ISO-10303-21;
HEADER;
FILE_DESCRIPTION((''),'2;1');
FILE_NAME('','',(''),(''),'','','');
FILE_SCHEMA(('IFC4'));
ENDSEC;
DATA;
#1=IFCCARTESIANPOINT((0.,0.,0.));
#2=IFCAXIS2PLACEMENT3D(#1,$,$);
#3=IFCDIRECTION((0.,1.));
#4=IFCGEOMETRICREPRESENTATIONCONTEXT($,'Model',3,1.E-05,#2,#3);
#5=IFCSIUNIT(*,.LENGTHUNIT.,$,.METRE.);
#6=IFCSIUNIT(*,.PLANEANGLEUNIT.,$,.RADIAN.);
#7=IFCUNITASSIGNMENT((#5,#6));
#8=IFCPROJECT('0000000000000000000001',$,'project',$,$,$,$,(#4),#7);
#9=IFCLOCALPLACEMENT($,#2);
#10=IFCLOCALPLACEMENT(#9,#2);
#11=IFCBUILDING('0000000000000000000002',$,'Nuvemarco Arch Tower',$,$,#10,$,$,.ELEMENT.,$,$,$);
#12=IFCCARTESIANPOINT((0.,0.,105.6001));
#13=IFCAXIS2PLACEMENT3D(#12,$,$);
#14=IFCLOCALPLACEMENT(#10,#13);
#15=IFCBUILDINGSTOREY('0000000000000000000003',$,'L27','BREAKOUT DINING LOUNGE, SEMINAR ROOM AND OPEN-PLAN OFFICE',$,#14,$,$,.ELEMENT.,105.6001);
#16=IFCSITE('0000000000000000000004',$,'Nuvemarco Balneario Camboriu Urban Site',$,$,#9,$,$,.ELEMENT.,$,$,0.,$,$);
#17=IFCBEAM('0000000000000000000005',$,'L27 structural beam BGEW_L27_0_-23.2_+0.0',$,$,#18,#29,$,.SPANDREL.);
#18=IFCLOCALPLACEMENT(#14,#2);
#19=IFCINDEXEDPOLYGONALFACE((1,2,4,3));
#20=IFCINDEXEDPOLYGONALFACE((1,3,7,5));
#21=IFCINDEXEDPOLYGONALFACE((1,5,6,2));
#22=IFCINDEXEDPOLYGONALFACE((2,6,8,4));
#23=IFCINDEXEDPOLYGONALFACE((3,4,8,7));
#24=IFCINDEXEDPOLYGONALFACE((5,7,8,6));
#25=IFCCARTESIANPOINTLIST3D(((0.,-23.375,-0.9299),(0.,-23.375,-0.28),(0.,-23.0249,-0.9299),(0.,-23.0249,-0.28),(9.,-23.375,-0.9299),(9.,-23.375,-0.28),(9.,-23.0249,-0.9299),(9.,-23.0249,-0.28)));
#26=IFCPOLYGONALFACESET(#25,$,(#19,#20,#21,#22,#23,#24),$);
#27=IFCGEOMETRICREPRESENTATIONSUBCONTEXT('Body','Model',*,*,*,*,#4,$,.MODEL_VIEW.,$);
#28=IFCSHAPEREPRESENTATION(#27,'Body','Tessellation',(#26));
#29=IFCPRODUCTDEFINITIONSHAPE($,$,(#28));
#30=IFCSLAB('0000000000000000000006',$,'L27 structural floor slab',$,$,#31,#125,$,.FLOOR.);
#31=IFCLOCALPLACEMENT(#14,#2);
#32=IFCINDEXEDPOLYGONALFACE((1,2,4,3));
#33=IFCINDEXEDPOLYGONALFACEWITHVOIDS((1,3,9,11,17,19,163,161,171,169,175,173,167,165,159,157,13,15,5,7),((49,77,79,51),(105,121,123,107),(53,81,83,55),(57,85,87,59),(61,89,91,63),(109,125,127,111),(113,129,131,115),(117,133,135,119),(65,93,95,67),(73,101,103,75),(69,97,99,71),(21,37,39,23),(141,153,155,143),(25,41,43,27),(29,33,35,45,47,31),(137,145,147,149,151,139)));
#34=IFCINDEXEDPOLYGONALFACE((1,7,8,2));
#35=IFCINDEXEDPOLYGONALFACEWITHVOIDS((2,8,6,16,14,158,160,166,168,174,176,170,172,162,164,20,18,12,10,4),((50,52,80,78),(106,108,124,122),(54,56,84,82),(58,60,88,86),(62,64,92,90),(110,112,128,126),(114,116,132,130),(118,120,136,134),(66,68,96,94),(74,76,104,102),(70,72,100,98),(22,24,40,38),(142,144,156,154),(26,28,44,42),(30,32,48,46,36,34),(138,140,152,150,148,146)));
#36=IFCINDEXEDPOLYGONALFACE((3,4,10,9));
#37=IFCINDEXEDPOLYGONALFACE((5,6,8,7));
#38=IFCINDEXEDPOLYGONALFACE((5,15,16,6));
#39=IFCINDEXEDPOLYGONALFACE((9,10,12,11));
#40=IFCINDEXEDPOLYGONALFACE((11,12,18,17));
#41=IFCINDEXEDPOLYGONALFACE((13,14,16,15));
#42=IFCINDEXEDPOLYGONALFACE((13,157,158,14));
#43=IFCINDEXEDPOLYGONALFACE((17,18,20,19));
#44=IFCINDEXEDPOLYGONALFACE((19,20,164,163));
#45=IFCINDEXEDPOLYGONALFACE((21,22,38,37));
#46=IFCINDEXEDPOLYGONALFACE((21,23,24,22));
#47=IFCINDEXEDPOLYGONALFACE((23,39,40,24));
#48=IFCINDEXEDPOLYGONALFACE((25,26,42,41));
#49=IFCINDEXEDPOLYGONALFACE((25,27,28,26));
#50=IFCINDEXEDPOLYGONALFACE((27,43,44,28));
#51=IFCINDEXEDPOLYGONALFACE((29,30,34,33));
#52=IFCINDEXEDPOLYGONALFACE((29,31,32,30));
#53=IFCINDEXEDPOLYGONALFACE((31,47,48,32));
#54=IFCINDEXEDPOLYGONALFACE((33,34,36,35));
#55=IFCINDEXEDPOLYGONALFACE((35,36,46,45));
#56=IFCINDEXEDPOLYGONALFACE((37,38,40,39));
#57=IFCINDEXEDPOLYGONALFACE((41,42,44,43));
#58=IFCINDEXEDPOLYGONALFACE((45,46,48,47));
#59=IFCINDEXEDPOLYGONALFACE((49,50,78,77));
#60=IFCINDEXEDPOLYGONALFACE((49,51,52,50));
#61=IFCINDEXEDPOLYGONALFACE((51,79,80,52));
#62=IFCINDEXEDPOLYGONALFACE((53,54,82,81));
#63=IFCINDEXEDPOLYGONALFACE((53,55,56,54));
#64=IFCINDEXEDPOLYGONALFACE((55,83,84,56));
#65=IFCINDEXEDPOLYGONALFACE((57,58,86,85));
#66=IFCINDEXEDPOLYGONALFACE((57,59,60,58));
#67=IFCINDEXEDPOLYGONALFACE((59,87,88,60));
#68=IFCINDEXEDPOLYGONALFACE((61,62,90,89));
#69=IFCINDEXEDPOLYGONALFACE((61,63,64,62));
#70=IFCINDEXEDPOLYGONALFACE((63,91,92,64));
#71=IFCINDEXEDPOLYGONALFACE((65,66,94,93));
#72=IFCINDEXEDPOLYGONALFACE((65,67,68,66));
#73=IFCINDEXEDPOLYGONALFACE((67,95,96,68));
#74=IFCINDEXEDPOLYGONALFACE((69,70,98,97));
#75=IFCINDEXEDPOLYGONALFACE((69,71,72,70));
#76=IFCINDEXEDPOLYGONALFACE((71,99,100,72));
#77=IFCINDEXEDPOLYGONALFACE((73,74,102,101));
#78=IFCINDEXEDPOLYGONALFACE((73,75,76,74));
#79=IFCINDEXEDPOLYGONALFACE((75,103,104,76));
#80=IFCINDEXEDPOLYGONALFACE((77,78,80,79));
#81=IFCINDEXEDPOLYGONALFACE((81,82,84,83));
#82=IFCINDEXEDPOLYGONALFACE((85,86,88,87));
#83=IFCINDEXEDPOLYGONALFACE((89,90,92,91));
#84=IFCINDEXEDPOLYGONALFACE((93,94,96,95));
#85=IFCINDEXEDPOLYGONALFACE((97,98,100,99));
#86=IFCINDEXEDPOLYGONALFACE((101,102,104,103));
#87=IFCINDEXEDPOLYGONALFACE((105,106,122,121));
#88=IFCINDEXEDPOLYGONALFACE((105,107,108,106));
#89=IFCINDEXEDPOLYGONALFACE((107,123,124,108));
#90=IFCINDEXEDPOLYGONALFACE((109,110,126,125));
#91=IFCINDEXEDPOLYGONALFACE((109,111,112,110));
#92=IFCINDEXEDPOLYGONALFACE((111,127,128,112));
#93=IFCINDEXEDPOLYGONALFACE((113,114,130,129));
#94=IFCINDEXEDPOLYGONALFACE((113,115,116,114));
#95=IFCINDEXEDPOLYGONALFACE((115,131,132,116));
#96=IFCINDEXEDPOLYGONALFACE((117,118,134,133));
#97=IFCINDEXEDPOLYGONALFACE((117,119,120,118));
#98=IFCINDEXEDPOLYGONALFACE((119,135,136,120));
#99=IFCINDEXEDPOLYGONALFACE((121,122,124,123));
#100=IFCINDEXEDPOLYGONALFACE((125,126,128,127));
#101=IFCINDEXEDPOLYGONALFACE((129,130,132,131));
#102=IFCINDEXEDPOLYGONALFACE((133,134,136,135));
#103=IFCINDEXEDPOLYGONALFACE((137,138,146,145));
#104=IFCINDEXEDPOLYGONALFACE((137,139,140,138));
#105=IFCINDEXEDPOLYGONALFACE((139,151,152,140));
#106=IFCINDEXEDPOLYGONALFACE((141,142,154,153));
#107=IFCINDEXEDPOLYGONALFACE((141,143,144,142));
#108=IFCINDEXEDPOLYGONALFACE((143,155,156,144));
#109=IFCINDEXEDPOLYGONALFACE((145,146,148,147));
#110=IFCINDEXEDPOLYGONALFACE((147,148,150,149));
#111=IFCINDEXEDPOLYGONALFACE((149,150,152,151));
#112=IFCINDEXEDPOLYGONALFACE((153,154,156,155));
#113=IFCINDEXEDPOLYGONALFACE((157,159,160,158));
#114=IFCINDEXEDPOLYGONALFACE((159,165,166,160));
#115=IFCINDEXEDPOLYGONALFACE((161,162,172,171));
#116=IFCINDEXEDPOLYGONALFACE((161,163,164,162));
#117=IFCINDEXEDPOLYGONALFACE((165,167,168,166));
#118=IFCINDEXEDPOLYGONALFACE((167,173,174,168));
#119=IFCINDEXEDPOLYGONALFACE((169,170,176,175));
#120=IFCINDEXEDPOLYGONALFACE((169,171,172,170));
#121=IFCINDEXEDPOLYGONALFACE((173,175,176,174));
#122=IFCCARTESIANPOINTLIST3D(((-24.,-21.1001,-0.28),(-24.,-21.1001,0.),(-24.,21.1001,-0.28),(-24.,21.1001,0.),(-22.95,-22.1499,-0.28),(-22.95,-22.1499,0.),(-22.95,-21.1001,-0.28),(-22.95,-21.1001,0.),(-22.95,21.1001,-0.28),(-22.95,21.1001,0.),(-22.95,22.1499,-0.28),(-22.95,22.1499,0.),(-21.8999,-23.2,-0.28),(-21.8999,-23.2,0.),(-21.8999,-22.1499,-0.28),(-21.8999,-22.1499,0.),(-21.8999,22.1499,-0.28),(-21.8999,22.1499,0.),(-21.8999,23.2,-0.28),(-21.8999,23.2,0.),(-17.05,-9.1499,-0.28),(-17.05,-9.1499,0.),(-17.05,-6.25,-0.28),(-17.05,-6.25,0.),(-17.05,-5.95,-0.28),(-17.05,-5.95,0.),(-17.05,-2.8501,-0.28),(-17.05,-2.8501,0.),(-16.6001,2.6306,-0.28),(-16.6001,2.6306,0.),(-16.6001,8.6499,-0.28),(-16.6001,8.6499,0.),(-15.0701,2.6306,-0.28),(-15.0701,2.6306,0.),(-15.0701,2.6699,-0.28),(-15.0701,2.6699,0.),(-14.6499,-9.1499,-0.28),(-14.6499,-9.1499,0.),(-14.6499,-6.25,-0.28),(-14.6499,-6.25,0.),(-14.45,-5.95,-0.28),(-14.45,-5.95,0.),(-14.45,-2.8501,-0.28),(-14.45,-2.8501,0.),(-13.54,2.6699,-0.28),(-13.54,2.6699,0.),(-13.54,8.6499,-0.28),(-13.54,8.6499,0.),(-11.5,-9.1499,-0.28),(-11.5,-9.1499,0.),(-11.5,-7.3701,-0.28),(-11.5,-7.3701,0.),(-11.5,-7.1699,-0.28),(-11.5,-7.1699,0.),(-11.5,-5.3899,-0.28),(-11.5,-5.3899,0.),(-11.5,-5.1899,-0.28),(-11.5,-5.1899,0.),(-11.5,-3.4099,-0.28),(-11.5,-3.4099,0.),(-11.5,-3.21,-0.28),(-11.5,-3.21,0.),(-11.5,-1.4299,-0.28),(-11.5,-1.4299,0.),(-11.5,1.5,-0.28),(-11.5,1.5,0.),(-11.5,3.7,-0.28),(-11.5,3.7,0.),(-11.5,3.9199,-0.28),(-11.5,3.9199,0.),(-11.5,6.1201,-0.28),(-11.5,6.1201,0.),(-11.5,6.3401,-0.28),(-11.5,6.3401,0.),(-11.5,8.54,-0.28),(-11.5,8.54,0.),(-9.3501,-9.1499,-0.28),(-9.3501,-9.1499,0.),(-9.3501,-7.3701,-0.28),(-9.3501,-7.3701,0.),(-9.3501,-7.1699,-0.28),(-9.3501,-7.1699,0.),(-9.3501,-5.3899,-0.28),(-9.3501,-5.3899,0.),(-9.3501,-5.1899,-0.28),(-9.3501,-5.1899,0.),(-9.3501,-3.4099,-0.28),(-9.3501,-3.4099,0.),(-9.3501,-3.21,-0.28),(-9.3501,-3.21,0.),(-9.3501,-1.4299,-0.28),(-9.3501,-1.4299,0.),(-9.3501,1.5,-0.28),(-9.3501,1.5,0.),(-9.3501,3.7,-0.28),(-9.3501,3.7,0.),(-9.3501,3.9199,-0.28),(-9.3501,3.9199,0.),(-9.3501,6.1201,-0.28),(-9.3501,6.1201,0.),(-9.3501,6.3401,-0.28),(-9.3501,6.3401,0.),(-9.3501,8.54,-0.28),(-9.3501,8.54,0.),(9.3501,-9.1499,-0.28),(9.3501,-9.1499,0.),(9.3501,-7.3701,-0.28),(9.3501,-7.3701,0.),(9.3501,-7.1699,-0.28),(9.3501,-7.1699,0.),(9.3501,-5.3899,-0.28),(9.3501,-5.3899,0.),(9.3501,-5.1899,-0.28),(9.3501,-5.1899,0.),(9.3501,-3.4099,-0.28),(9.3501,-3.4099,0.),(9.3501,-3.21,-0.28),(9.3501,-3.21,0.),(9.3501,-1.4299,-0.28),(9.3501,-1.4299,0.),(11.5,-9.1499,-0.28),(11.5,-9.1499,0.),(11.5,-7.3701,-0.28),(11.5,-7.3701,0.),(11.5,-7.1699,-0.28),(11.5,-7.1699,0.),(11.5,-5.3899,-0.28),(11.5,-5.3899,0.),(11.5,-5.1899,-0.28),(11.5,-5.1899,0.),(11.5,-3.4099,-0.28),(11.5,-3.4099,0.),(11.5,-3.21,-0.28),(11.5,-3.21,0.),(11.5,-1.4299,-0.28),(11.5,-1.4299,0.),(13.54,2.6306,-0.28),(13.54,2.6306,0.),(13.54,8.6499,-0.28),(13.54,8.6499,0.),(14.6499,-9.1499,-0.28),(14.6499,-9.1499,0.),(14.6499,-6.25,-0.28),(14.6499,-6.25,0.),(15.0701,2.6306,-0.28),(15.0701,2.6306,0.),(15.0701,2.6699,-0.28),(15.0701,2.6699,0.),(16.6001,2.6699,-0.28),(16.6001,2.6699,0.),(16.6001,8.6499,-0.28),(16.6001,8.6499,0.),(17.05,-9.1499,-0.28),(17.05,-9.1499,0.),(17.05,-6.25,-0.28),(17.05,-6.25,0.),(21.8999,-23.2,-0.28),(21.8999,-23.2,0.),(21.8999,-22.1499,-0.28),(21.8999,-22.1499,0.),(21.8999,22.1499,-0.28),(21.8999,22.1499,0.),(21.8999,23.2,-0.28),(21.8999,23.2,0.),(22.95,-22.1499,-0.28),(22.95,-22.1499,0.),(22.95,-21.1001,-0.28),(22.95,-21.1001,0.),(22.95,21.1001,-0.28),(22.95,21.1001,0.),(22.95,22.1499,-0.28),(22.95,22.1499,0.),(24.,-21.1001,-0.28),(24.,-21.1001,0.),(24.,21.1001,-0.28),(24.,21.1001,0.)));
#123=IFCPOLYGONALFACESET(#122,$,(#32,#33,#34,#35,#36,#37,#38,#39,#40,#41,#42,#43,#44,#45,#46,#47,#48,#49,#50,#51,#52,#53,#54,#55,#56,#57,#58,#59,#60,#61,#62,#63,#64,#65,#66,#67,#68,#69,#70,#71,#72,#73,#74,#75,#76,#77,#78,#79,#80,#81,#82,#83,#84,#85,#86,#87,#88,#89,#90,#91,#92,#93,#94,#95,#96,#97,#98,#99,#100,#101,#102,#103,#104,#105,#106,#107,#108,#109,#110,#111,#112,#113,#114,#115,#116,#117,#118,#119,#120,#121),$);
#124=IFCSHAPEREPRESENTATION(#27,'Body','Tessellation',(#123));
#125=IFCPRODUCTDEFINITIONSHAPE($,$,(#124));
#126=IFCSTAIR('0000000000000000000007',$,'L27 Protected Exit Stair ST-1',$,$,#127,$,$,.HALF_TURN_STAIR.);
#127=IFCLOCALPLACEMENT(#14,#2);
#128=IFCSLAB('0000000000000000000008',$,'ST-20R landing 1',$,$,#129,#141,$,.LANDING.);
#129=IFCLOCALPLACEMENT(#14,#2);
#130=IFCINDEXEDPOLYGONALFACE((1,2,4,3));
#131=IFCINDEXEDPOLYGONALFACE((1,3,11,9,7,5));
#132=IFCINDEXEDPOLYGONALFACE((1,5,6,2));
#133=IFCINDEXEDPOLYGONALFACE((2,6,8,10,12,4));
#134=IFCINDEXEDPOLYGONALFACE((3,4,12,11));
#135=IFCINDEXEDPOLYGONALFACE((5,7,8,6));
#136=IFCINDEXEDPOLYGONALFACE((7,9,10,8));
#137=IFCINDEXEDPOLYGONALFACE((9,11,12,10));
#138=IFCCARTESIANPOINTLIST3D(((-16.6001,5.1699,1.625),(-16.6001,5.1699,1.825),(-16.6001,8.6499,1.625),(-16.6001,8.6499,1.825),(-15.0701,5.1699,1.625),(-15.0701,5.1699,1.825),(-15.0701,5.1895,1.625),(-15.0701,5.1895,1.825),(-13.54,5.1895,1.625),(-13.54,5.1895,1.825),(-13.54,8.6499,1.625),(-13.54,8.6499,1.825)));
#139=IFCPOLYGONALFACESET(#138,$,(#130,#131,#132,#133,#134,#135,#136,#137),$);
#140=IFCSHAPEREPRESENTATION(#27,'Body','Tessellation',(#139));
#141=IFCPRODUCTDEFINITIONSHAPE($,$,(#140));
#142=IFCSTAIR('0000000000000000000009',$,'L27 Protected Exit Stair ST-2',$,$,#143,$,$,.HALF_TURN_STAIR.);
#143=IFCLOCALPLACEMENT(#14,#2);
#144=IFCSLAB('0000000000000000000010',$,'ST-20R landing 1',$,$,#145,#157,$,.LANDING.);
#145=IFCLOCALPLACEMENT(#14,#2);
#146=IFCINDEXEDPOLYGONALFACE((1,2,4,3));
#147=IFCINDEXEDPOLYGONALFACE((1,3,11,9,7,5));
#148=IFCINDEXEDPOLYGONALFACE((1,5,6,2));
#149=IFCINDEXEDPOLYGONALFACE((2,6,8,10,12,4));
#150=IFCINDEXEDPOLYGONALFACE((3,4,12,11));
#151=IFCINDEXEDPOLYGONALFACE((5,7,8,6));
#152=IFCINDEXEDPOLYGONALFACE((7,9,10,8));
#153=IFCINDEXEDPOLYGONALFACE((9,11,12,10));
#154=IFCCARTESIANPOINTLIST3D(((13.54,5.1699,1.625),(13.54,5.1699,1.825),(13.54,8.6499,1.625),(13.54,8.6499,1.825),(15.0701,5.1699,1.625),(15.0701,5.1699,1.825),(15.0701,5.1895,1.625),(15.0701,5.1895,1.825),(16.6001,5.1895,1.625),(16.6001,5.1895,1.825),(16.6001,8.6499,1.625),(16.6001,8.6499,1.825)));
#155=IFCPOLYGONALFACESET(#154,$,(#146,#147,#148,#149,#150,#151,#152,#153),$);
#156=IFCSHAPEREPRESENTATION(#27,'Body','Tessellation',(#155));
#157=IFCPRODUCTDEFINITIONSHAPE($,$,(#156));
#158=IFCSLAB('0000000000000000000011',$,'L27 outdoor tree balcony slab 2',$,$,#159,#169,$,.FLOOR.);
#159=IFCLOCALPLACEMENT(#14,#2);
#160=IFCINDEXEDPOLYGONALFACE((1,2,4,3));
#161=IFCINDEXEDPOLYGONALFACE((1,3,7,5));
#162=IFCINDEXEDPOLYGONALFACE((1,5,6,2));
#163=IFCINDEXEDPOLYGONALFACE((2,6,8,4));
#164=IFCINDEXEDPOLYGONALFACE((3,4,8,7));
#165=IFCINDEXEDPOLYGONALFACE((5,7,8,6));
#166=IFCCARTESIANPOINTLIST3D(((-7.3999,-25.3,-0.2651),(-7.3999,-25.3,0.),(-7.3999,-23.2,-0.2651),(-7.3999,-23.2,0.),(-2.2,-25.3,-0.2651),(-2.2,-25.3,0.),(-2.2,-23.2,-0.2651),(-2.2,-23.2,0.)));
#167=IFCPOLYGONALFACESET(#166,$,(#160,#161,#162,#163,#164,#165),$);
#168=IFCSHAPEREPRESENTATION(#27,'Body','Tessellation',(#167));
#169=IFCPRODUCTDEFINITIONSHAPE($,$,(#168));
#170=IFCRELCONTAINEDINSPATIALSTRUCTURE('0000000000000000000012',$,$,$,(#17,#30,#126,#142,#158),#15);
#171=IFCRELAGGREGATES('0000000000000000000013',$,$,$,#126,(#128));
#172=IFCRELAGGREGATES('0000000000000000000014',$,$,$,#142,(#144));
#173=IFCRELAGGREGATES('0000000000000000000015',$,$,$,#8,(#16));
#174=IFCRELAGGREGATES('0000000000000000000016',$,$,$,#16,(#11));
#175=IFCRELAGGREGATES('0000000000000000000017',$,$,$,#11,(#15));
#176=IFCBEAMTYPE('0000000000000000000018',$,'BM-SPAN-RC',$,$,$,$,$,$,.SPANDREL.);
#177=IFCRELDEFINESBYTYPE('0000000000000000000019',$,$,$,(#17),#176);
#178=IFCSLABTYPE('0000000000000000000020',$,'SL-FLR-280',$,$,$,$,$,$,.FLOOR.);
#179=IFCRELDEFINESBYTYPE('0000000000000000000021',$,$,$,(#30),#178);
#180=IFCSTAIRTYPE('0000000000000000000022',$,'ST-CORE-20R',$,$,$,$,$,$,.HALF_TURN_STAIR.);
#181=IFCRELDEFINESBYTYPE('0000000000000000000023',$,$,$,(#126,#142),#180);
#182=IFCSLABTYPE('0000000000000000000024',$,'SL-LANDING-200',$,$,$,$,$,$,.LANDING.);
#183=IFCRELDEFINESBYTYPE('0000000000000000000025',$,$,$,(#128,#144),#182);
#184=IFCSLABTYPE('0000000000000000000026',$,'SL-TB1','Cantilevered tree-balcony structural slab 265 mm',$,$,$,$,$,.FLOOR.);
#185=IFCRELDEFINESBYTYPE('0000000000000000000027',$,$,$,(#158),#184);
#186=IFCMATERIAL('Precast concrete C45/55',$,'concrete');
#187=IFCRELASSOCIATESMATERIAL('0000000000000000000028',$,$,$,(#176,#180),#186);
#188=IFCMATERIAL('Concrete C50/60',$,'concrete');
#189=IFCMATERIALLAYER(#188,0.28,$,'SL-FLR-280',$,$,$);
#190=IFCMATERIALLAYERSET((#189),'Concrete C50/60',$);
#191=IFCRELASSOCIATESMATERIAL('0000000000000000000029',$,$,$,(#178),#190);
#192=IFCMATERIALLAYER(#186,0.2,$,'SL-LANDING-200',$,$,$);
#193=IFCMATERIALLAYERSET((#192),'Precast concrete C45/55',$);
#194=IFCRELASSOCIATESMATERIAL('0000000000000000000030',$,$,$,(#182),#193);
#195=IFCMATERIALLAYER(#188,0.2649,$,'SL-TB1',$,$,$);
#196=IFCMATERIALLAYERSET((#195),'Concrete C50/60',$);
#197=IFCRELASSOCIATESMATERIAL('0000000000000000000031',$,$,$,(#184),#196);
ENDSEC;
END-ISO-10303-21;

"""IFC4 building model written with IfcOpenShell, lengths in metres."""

from ifc_helpers import new_model, si_unit, direction, frame, origin, origin_2d, place, context, subcontext, project, spatial, polyline, rectangle, outline, extrude, material, layer, layer_set, material_profile, profile_set, type_object, element, aggregate, save


model = new_model("IFC4")

# Units and contexts
model_context = context("Model", 3, precision=1e-05, world=origin(), true_north=direction((0.0, 1.0)))
body_context = subcontext(model_context, "Body", "Model", "MODEL_VIEW")
ifc_project = project(units=[si_unit("LENGTHUNIT", "METRE"), si_unit("PLANEANGLEUNIT", "RADIAN")], contexts=[model_context])

# Site, building, storey
site_placement = place(None, origin())
site = spatial("IfcSite", under=ifc_project, at=site_placement, Name="Nuvemarco Balneario Camboriu Urban Site", CompositionType="ELEMENT", RefElevation=0.0)
building_placement = place(site_placement, origin())
building = spatial("IfcBuilding", under=site, at=building_placement, Name="Nuvemarco Arch Tower", CompositionType="ELEMENT")
storey_placement = place(building_placement, frame((0.0, 0.0, 105.6001)))
storey = spatial("IfcBuildingStorey", under=building, at=storey_placement, Name="L27", Description="BREAKOUT DINING LOUNGE, SEMINAR ROOM AND OPEN-PLAN OFFICE", CompositionType="ELEMENT", Elevation=105.6001)

# Beam
ifc_material_1 = material(Name="Precast concrete C45/55", Category="concrete")
ifc_material_profile_1 = material_profile(ifc_material_1, rectangle(XDim=0.3501, YDim=0.6499, at=origin_2d()), Name="PC-SP-350x650")
ifc_profile_set_1 = profile_set([ifc_material_profile_1], Name="Precast concrete C45/55")
beam_type_1 = type_object("IfcBeamType", Name="BM-SPAN-RC", PredefinedType="SPANDREL", material=ifc_profile_set_1)
beam_1_placement = place(storey_placement, frame((0.0, -23.2, -0.605), z_axis=(1.0, 0.0, 0.0), x_axis=(0.0, 1.0, 0.0)))
element("IfcBeam", 1, at=beam_1_placement, inside=storey, type_object=beam_type_1, Name="L27 structural beam BGEW_L27_0_-23.2_+0.0", PredefinedType="SPANDREL", context=body_context, shape_type="SweptSolid", body=[
    extrude(rectangle(XDim=0.3501, YDim=0.6499, at=origin_2d()), origin(), (0.0, 0.0, 1.0), 9.0),
])

# Slab
ifc_material_2 = material(Name="Concrete C50/60", Category="concrete")
ifc_layer_1 = layer(ifc_material_2, 0.28, Name="SL-FLR-280")
ifc_layer_set_1 = layer_set([ifc_layer_1], Name="Concrete C50/60")
slab_type_1 = type_object("IfcSlabType", Name="SL-FLR-280", PredefinedType="FLOOR", material=ifc_layer_set_1)
slab_1_placement = place(storey_placement, frame((0.0, 0.0, -0.28)))
element("IfcSlab", 2, at=slab_1_placement, inside=storey, type_object=slab_type_1, Name="L27 structural floor slab", PredefinedType="FLOOR", context=body_context, shape_type="SweptSolid", body=[
    extrude(outline(polyline([(-21.8999, -23.2), (21.8999, -23.2), (21.8999, -22.1499), (22.95, -22.1499), (22.95, -21.1001), (24.0, -21.1001), (24.0, 21.1001), (22.95, 21.1001), (22.95, 22.1499), (21.8999, 22.1499), (21.8999, 23.2), (-21.8999, 23.2), (-21.8999, 22.1499), (-22.95, 22.1499), (-22.95, 21.1001), (-24.0, 21.1001), (-24.0, -21.1001), (-22.95, -21.1001), (-22.95, -22.1499), (-21.8999, -22.1499), (-21.8999, -23.2)]), holes=[polyline([(-13.54, 2.6699), (-13.54, 8.6499), (-16.6001, 8.6499), (-16.6001, 2.6306), (-15.0701, 2.6306), (-15.0701, 2.6699), (-13.54, 2.6699)]), polyline([(16.6001, 2.6699), (16.6001, 8.6499), (13.54, 8.6499), (13.54, 2.6306), (15.0701, 2.6306), (15.0701, 2.6699), (16.6001, 2.6699)]), polyline([(-17.05, -9.1499), (-14.6499, -9.1499), (-14.6499, -6.25), (-17.05, -6.25), (-17.05, -9.1499)]), polyline([(-17.05, -5.95), (-14.45, -5.95), (-14.45, -2.8501), (-17.05, -2.8501), (-17.05, -5.95)]), polyline([(-11.5, -9.1499), (-9.3501, -9.1499), (-9.3501, -7.3701), (-11.5, -7.3701), (-11.5, -9.1499)]), polyline([(-11.5, -7.1699), (-9.3501, -7.1699), (-9.3501, -5.3899), (-11.5, -5.3899), (-11.5, -7.1699)]), polyline([(-11.5, -5.1899), (-9.3501, -5.1899), (-9.3501, -3.4099), (-11.5, -3.4099), (-11.5, -5.1899)]), polyline([(-11.5, -3.21), (-9.3501, -3.21), (-9.3501, -1.4299), (-11.5, -1.4299), (-11.5, -3.21)]), polyline([(-11.5, 1.5), (-9.3501, 1.5), (-9.3501, 3.7), (-11.5, 3.7), (-11.5, 1.5)]), polyline([(-11.5, 3.9199), (-9.3501, 3.9199), (-9.3501, 6.1201), (-11.5, 6.1201), (-11.5, 3.9199)]), polyline([(-11.5, 6.3401), (-9.3501, 6.3401), (-9.3501, 8.54), (-11.5, 8.54), (-11.5, 6.3401)]), polyline([(14.6499, -9.1499), (17.05, -9.1499), (17.05, -6.25), (14.6499, -6.25), (14.6499, -9.1499)]), polyline([(9.3501, -9.1499), (11.5, -9.1499), (11.5, -7.3701), (9.3501, -7.3701), (9.3501, -9.1499)]), polyline([(9.3501, -7.1699), (11.5, -7.1699), (11.5, -5.3899), (9.3501, -5.3899), (9.3501, -7.1699)]), polyline([(9.3501, -5.1899), (11.5, -5.1899), (11.5, -3.4099), (9.3501, -3.4099), (9.3501, -5.1899)]), polyline([(9.3501, -3.21), (11.5, -3.21), (11.5, -1.4299), (9.3501, -1.4299), (9.3501, -3.21)])]), origin(), (0.0, 0.0, 1.0), 0.28),
])

# Stairs, slabs
stair_type = type_object("IfcStairType", Name="ST-CORE-20R", PredefinedType="HALF_TURN_STAIR", material=ifc_material_1)
stair_1_placement = place(storey_placement, origin())
stair_1 = element("IfcStair", 3, at=stair_1_placement, inside=storey, type_object=stair_type, Name="L27 Protected Exit Stair ST-1", PredefinedType="HALF_TURN_STAIR")
ifc_layer_2 = layer(ifc_material_1, 0.2, Name="SL-LANDING-200")
ifc_layer_set_2 = layer_set([ifc_layer_2], Name="Precast concrete C45/55")
slab_type_2 = type_object("IfcSlabType", Name="SL-LANDING-200", PredefinedType="LANDING", material=ifc_layer_set_2)
slab_2_placement = place(storey_placement, frame((0.0, 0.0, 1.625)))
slab_2 = element("IfcSlab", 4, at=slab_2_placement, type_object=slab_type_2, Name="ST-20R landing 1", PredefinedType="LANDING", context=body_context, shape_type="SweptSolid", body=[
    extrude(outline(polyline([(-13.54, 5.1895), (-13.54, 8.6499), (-16.6001, 8.6499), (-16.6001, 5.1699), (-15.0701, 5.1699), (-15.0701, 5.1895), (-13.54, 5.1895)])), origin(), (0.0, 0.0, 1.0), 0.2),
])
aggregate(stair_1, [slab_2])
stair_2_placement = place(storey_placement, origin())
stair_2 = element("IfcStair", 5, at=stair_2_placement, inside=storey, type_object=stair_type, Name="L27 Protected Exit Stair ST-2", PredefinedType="HALF_TURN_STAIR")
slab_3_placement = place(storey_placement, frame((0.0, 0.0, 1.625)))
slab_3 = element("IfcSlab", 6, at=slab_3_placement, type_object=slab_type_2, Name="ST-20R landing 1", PredefinedType="LANDING", context=body_context, shape_type="SweptSolid", body=[
    extrude(outline(polyline([(16.6001, 5.1895), (16.6001, 8.6499), (13.54, 8.6499), (13.54, 5.1699), (15.0701, 5.1699), (15.0701, 5.1895), (16.6001, 5.1895)])), origin(), (0.0, 0.0, 1.0), 0.2),
])
aggregate(stair_2, [slab_3])

# Slab
ifc_layer_3 = layer(ifc_material_2, 0.2649, Name="SL-TB1")
ifc_layer_set_3 = layer_set([ifc_layer_3], Name="Concrete C50/60")
slab_type_3 = type_object("IfcSlabType", Name="SL-TB1", Description="Cantilevered tree-balcony structural slab 265 mm", PredefinedType="FLOOR", material=ifc_layer_set_3)
slab_4_placement = place(storey_placement, frame((0.0, 0.0, -0.2651)))
element("IfcSlab", 7, at=slab_4_placement, inside=storey, type_object=slab_type_3, Name="L27 outdoor tree balcony slab 2", PredefinedType="FLOOR", context=body_context, shape_type="SweptSolid", body=[
    extrude(outline(polyline([(-7.3999, -25.3), (-2.2, -25.3), (-2.2, -23.2), (-7.3999, -23.2), (-7.3999, -25.3)])), origin(), (0.0, 0.0, 1.0), 0.2651),
])

save(model, "model.ifc")
